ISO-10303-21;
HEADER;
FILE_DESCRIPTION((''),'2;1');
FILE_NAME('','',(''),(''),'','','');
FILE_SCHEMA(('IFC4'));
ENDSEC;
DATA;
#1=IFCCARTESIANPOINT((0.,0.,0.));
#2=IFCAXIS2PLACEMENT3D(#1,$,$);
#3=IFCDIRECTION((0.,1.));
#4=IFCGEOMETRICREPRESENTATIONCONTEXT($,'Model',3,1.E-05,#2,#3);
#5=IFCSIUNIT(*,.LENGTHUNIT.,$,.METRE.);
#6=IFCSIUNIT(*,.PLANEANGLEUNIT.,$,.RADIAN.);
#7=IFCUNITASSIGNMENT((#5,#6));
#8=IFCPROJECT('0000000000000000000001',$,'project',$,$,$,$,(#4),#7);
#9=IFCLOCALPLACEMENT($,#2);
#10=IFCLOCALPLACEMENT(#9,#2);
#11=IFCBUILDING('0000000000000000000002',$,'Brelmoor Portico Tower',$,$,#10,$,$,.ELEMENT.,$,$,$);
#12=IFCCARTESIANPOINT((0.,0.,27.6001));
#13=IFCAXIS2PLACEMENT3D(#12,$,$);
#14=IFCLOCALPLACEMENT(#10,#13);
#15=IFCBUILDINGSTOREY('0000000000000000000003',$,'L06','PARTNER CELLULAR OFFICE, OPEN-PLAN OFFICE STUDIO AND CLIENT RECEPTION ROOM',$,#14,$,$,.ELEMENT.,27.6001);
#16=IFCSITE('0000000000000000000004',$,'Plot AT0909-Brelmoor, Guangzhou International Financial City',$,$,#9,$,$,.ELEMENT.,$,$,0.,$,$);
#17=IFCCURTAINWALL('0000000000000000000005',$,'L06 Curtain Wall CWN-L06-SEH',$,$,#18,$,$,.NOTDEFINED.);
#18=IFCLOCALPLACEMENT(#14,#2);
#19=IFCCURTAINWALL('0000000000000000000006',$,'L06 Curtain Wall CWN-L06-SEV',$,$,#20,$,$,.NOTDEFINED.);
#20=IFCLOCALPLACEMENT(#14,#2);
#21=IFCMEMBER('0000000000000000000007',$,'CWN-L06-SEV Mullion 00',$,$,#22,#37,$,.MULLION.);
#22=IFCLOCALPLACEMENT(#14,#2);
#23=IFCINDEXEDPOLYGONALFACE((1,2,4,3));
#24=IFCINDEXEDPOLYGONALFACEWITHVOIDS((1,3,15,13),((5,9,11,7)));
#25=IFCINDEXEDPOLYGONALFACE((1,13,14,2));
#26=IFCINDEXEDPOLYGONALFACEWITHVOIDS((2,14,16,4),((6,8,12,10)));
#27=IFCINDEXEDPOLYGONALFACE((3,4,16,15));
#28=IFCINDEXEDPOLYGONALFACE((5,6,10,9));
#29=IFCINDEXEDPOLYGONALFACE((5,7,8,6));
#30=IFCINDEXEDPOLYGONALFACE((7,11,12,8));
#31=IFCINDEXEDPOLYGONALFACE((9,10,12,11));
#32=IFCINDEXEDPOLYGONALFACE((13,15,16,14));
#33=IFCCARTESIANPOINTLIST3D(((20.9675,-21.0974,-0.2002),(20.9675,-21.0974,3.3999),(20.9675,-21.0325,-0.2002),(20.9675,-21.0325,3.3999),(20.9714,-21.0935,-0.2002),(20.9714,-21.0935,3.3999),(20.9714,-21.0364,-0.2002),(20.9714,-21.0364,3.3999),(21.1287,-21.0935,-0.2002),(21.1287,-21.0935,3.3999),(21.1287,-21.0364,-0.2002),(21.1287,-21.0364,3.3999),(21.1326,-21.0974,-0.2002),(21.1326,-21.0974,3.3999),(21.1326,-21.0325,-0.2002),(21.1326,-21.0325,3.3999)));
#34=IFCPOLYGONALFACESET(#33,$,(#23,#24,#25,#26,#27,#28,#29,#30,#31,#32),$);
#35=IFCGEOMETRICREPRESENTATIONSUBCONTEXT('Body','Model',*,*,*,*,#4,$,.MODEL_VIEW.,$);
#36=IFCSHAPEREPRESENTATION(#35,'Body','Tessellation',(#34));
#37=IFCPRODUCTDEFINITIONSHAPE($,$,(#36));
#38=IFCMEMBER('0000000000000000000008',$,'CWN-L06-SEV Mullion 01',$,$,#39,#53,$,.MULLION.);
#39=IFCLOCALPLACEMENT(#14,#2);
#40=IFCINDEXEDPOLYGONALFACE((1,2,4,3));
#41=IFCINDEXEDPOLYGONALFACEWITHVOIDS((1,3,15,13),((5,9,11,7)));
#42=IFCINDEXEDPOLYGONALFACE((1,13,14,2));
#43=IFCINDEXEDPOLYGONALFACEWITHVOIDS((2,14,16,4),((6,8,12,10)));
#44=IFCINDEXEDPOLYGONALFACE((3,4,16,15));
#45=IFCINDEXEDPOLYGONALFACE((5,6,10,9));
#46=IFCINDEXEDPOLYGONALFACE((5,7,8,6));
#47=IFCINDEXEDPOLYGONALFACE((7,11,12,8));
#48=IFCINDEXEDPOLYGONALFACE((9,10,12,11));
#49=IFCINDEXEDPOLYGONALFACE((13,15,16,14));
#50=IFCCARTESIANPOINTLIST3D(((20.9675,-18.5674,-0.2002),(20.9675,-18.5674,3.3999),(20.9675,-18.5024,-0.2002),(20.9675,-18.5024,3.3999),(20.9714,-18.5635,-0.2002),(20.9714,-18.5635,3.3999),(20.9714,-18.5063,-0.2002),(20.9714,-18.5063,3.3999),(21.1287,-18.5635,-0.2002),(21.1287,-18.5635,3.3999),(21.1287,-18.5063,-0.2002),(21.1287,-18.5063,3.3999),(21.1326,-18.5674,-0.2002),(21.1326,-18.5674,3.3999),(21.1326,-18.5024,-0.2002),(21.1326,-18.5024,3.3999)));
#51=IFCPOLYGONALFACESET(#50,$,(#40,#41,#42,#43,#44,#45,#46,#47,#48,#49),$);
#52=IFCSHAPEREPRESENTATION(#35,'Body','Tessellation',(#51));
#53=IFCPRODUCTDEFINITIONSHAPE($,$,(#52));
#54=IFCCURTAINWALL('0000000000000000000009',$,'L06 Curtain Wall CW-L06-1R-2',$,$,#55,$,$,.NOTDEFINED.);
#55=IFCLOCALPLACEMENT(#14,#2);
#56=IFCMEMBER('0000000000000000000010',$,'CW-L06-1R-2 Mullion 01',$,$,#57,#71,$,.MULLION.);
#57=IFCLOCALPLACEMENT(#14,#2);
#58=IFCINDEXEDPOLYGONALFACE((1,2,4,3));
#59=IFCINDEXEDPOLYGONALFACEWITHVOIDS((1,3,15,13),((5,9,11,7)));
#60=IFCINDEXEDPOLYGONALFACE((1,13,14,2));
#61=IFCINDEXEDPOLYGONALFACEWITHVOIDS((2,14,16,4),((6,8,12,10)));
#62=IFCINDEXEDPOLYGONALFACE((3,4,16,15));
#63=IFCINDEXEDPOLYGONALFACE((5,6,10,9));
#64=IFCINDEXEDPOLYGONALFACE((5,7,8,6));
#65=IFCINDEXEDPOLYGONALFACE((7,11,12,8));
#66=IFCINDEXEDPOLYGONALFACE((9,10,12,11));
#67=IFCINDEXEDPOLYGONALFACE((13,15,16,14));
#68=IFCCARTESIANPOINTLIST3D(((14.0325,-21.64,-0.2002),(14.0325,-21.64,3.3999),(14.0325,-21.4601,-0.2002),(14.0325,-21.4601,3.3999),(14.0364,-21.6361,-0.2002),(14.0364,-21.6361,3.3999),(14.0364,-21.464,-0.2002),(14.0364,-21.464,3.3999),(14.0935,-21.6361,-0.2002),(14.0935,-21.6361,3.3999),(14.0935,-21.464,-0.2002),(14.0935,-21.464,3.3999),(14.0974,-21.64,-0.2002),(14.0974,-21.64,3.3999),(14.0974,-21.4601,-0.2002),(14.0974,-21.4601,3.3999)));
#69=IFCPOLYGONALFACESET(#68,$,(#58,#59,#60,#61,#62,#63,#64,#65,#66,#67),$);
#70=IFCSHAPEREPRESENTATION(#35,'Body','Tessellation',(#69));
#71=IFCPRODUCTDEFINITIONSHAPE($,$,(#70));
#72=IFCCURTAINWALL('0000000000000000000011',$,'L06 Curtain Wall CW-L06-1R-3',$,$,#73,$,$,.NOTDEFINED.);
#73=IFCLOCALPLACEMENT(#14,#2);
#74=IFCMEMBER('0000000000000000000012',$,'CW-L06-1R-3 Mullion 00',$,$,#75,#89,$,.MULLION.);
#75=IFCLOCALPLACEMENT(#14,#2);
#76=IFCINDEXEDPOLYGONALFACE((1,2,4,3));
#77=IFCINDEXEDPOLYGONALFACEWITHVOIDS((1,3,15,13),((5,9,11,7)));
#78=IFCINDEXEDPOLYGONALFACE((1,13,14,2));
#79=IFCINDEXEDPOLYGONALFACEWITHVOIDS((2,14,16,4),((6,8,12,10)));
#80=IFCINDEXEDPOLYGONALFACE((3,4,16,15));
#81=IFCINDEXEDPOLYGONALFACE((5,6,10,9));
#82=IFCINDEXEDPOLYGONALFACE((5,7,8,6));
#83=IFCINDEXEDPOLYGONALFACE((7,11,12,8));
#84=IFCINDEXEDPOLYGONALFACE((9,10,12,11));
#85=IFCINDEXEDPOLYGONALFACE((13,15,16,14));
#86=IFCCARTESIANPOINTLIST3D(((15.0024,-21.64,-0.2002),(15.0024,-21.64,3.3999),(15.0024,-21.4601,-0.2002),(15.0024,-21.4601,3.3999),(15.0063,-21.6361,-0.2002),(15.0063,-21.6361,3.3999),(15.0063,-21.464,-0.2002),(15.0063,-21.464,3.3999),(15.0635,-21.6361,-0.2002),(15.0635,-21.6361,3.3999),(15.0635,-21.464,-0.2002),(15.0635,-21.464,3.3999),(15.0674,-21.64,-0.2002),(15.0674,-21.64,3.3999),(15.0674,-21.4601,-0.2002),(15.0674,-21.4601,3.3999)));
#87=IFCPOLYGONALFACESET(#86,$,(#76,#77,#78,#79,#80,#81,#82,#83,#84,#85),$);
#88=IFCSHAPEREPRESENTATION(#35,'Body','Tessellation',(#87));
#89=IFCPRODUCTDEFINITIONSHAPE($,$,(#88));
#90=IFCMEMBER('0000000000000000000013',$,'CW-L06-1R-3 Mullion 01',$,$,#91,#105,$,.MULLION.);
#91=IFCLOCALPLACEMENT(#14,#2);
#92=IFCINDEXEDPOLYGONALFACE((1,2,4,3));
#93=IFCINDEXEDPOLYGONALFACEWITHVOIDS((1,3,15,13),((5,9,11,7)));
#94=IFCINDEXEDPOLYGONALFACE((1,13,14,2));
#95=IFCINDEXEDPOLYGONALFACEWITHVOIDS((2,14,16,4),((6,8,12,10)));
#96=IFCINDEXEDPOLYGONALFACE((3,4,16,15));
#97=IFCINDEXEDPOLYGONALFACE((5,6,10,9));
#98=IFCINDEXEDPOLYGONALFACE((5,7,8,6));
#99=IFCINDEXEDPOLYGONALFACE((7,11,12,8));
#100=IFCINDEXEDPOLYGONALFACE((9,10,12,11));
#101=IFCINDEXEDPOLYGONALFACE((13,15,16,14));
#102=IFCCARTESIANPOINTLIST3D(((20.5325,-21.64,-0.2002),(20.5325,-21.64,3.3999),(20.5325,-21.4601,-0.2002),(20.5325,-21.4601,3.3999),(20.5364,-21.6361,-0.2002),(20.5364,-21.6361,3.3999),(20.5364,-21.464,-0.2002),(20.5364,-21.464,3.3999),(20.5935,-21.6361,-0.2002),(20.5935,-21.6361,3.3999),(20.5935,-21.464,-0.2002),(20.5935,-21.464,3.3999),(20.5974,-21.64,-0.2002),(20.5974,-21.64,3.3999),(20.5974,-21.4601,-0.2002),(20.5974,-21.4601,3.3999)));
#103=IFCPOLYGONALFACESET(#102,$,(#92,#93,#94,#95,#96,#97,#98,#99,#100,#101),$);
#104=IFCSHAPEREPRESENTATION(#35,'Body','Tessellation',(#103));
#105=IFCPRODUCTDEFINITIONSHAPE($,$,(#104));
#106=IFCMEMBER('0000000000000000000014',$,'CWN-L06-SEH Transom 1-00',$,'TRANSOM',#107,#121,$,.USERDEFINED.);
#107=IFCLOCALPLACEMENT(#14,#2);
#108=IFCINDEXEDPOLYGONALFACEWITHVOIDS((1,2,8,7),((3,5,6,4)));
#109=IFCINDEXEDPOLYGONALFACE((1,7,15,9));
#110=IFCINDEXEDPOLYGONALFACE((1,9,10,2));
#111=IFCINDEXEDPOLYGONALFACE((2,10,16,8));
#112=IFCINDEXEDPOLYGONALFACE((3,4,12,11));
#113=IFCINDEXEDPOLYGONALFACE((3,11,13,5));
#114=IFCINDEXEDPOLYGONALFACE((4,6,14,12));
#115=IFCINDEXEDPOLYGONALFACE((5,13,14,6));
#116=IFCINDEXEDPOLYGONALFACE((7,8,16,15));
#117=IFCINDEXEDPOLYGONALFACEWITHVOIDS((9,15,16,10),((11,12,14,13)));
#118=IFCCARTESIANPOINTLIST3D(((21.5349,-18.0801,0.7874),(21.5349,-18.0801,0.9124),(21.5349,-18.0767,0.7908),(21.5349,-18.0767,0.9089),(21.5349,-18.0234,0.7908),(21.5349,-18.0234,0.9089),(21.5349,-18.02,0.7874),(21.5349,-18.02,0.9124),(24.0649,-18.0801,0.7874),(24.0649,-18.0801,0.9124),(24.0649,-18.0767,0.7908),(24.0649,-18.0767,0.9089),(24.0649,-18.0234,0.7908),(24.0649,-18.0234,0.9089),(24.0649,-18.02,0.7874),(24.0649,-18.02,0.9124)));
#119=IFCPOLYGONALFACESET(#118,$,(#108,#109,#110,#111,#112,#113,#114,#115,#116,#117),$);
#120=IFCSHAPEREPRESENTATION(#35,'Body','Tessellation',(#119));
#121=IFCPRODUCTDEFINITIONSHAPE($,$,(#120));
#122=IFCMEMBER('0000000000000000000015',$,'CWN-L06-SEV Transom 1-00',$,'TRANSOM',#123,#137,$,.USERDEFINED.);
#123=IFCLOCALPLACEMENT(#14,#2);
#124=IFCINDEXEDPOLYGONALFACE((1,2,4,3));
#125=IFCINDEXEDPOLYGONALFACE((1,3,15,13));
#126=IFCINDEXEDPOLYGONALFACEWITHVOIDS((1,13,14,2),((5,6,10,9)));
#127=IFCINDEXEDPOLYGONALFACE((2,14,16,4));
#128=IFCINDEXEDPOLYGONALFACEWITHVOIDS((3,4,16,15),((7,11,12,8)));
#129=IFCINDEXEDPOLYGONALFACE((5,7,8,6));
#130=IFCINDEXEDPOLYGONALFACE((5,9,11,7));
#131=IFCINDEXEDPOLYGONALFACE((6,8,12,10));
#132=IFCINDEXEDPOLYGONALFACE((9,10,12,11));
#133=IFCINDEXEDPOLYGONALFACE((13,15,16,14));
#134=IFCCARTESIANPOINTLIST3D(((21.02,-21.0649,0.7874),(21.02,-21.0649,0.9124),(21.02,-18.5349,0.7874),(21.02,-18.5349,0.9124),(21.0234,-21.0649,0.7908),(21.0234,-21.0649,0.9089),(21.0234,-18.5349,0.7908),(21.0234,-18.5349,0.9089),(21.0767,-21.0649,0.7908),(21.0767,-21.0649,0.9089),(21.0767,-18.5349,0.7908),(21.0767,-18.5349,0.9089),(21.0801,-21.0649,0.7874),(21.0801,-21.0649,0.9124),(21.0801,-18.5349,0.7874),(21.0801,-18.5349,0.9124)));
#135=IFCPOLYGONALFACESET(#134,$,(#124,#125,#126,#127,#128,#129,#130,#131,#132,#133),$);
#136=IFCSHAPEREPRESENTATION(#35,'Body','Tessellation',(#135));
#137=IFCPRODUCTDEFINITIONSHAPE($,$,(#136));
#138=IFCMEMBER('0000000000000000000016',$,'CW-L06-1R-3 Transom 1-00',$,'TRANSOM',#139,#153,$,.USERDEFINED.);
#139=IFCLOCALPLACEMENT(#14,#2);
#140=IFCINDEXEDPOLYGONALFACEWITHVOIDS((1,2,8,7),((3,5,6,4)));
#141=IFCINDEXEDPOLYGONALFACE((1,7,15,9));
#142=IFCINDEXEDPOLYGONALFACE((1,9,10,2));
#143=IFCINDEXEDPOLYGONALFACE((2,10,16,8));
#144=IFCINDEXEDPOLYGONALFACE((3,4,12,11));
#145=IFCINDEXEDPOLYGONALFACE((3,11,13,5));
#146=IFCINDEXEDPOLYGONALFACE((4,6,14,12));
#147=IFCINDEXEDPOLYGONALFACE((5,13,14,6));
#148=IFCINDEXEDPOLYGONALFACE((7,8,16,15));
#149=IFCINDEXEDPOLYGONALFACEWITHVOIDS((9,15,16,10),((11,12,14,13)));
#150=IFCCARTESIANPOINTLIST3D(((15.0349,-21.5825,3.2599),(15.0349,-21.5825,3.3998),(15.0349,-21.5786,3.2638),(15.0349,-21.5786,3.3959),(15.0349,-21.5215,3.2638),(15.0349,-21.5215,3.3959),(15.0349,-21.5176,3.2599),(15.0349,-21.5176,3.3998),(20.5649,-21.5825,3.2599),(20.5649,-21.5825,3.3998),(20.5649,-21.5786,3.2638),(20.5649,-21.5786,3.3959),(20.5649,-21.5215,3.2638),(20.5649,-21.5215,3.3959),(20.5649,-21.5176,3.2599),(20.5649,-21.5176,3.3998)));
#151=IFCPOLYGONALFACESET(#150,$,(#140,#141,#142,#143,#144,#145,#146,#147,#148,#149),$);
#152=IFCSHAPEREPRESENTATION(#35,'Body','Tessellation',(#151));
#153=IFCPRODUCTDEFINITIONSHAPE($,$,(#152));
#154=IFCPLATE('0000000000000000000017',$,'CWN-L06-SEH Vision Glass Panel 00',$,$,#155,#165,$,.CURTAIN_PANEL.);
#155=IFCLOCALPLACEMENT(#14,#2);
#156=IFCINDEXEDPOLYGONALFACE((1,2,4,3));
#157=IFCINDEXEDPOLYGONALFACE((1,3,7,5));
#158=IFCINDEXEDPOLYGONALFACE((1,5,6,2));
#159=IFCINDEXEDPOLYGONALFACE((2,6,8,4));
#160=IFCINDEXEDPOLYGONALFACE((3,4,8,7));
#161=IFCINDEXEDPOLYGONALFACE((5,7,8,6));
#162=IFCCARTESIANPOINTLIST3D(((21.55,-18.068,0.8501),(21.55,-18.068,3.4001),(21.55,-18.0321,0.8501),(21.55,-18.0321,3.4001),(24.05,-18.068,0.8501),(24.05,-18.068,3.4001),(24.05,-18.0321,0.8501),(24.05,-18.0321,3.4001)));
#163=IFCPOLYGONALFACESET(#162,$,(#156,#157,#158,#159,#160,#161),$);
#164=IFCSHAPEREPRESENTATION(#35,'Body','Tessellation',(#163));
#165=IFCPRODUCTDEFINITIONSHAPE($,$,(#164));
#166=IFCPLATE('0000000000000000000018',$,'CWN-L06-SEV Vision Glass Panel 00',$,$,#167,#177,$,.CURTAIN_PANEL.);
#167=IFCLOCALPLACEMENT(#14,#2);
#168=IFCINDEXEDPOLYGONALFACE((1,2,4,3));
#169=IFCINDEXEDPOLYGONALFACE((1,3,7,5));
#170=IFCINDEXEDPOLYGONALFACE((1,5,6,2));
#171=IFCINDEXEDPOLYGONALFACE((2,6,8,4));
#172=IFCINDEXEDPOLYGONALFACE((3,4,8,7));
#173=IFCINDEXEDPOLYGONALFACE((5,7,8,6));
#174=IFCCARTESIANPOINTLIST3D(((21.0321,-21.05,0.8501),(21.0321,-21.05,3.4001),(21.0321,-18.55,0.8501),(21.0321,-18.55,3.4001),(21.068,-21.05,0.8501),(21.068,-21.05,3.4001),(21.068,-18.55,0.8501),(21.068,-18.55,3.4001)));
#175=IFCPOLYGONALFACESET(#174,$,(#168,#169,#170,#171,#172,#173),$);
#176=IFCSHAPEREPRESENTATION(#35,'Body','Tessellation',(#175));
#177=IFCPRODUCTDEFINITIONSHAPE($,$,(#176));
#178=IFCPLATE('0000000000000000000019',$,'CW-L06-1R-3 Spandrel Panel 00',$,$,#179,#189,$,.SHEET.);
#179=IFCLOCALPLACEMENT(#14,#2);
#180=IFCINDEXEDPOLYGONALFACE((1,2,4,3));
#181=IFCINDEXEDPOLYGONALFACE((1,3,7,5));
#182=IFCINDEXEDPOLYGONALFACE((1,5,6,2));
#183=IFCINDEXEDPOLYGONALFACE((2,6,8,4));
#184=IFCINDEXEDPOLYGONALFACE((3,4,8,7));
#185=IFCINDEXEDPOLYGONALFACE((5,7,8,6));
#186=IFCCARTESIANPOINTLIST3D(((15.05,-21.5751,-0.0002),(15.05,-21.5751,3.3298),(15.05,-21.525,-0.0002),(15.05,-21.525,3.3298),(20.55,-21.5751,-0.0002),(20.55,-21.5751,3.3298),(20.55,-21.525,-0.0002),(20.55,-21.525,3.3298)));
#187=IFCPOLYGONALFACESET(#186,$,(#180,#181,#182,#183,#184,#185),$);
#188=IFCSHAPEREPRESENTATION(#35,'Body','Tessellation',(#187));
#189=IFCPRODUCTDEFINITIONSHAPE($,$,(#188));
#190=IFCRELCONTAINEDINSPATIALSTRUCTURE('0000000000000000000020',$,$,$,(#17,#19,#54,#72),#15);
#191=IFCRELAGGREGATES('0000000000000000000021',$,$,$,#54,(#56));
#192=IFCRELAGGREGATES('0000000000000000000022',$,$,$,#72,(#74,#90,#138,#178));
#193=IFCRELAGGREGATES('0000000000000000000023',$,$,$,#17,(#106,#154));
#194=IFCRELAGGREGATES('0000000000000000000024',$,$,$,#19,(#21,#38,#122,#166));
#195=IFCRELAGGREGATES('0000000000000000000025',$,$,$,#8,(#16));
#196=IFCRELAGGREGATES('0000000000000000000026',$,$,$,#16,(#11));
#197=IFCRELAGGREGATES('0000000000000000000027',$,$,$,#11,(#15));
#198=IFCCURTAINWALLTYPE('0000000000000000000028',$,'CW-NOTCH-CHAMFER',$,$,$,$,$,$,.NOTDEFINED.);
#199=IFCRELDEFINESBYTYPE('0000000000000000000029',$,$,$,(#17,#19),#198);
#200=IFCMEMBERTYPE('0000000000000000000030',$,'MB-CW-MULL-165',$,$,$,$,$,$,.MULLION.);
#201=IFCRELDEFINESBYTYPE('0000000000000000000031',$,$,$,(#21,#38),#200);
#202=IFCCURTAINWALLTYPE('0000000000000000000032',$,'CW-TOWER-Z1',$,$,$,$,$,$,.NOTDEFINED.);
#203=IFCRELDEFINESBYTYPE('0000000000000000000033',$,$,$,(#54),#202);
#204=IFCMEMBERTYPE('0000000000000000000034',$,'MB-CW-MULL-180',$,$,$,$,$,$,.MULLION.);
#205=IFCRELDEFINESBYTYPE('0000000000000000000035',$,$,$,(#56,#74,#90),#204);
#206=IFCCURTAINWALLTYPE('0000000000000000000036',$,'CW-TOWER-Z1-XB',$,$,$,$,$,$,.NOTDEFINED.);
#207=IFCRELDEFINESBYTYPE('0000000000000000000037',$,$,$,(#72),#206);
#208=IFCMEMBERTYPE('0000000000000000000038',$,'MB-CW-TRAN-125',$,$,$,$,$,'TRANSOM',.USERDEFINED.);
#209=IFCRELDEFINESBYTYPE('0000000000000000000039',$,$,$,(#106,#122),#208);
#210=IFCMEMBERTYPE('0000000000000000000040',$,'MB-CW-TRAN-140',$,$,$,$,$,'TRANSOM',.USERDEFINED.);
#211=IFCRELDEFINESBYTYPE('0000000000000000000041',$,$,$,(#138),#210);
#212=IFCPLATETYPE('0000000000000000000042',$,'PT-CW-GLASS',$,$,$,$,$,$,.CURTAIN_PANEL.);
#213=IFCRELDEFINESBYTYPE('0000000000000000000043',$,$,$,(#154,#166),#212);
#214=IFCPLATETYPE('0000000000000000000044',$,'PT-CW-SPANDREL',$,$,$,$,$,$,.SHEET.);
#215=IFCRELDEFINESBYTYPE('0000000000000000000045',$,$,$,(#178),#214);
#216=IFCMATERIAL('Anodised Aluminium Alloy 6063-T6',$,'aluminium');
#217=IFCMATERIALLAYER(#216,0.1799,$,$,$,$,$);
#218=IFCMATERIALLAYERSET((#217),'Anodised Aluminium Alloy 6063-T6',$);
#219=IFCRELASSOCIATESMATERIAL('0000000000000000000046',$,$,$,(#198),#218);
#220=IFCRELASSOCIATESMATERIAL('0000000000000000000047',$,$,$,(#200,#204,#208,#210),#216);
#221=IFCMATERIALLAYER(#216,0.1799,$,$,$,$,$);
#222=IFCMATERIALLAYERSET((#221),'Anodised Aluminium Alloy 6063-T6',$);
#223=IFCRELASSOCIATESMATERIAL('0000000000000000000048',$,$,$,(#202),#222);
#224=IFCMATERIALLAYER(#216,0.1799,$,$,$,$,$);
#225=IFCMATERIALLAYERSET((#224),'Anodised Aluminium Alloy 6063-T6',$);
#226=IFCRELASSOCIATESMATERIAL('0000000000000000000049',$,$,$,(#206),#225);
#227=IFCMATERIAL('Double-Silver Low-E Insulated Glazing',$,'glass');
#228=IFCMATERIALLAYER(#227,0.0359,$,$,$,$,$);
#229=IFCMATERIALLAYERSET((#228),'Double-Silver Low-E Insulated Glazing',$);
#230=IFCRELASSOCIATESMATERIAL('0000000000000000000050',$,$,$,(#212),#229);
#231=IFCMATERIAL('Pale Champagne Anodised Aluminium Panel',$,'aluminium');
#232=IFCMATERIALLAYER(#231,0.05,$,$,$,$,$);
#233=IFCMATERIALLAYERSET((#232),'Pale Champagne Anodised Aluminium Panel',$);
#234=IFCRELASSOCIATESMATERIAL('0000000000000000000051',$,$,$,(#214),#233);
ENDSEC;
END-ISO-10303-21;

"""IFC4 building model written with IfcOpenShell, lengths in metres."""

from ifc_helpers import new_model, si_unit, direction, frame, origin, origin_2d, place, context, subcontext, project, spatial, rectangle, hollow_rectangle, extrude, material, layer, layer_set, material_profile, profile_set, type_object, element, aggregate, save


model = new_model("IFC4")

# Units and contexts
model_context = context("Model", 3, precision=1e-05, world=origin(), true_north=direction((0.0, 1.0)))
body_context = subcontext(model_context, "Body", "Model", "MODEL_VIEW")
ifc_project = project(units=[si_unit("LENGTHUNIT", "METRE"), si_unit("PLANEANGLEUNIT", "RADIAN")], contexts=[model_context])

# Site, building, storey
site_placement = place(None, origin())
site = spatial("IfcSite", under=ifc_project, at=site_placement, Name="Plot AT0909-Brelmoor, Guangzhou International Financial City", CompositionType="ELEMENT", RefElevation=0.0)
building_placement = place(site_placement, origin())
building = spatial("IfcBuilding", under=site, at=building_placement, Name="Brelmoor Portico Tower", CompositionType="ELEMENT")
storey_placement = place(building_placement, frame((0.0, 0.0, 27.6001)))
storey = spatial("IfcBuildingStorey", under=building, at=storey_placement, Name="L06", Description="PARTNER CELLULAR OFFICE, OPEN-PLAN OFFICE STUDIO AND CLIENT RECEPTION ROOM", CompositionType="ELEMENT", Elevation=27.6001)

# Curtain walls, members
ifc_material_1 = material(Name="Anodised Aluminium Alloy 6063-T6", Category="aluminium")
ifc_layer_1 = layer(ifc_material_1, 0.1799)
ifc_layer_set_1 = layer_set([ifc_layer_1], Name="Anodised Aluminium Alloy 6063-T6")
curtain_wall_type_1 = type_object("IfcCurtainWallType", Name="CW-NOTCH-CHAMFER", PredefinedType="NOTDEFINED", material=ifc_layer_set_1)
curtain_wall_1_placement = place(storey_placement, origin())
curtain_wall_1 = element("IfcCurtainWall", 1, at=curtain_wall_1_placement, inside=storey, type_object=curtain_wall_type_1, Name="L06 Curtain Wall CWN-L06-SEH", PredefinedType="NOTDEFINED")
ifc_material_profile_1 = material_profile(ifc_material_1, hollow_rectangle(XDim=0.0649, YDim=0.165, WallThickness=0.0039, at=origin_2d()), Name="ALU MULLION 65x165")
ifc_profile_set_1 = profile_set([ifc_material_profile_1], Name="Anodised Aluminium Alloy 6063-T6")
member_type_1 = type_object("IfcMemberType", Name="MB-CW-MULL-165", PredefinedType="MULLION", material=ifc_profile_set_1)
curtain_wall_2_placement = place(storey_placement, origin())
curtain_wall_2 = element("IfcCurtainWall", 2, at=curtain_wall_2_placement, inside=storey, type_object=curtain_wall_type_1, Name="L06 Curtain Wall CWN-L06-SEV", PredefinedType="NOTDEFINED")
member_1_placement = place(storey_placement, frame((21.05, -21.0649, -0.2002), z_axis=(0.0, 0.0, 1.0), x_axis=(0.0, 1.0, 0.0)))
member_1 = element("IfcMember", 3, at=member_1_placement, type_object=member_type_1, Name="CWN-L06-SEV Mullion 00", PredefinedType="MULLION", context=body_context, shape_type="SweptSolid", body=[
    extrude(hollow_rectangle(XDim=0.0649, YDim=0.165, WallThickness=0.0039, at=origin_2d()), origin(), (0.0, 0.0, 1.0), 3.6001),
])
member_2_placement = place(storey_placement, frame((21.05, -18.5349, -0.2002), z_axis=(0.0, 0.0, 1.0), x_axis=(0.0, 1.0, 0.0)))
member_2 = element("IfcMember", 4, at=member_2_placement, type_object=member_type_1, Name="CWN-L06-SEV Mullion 01", PredefinedType="MULLION", context=body_context, shape_type="SweptSolid", body=[
    extrude(hollow_rectangle(XDim=0.0649, YDim=0.165, WallThickness=0.0039, at=origin_2d()), origin(), (0.0, 0.0, 1.0), 3.6001),
])

# Curtain wall, member
ifc_layer_2 = layer(ifc_material_1, 0.1799)
ifc_layer_set_2 = layer_set([ifc_layer_2], Name="Anodised Aluminium Alloy 6063-T6")
curtain_wall_type_2 = type_object("IfcCurtainWallType", Name="CW-TOWER-Z1", PredefinedType="NOTDEFINED", material=ifc_layer_set_2)
curtain_wall_3_placement = place(storey_placement, origin())
curtain_wall_3 = element("IfcCurtainWall", 5, at=curtain_wall_3_placement, inside=storey, type_object=curtain_wall_type_2, Name="L06 Curtain Wall CW-L06-1R-2", PredefinedType="NOTDEFINED")
ifc_material_profile_2 = material_profile(ifc_material_1, hollow_rectangle(XDim=0.0649, YDim=0.1799, WallThickness=0.0039, at=origin_2d()), Name="ALU MULLION 65x180")
ifc_profile_set_2 = profile_set([ifc_material_profile_2], Name="Anodised Aluminium Alloy 6063-T6")
member_type_2 = type_object("IfcMemberType", Name="MB-CW-MULL-180", PredefinedType="MULLION", material=ifc_profile_set_2)
member_3_placement = place(storey_placement, frame((14.0649, -21.55, -0.2002), z_axis=(0.0, 0.0, 1.0), x_axis=(1.0, 0.0, 0.0)))
member_3 = element("IfcMember", 6, at=member_3_placement, type_object=member_type_2, Name="CW-L06-1R-2 Mullion 01", PredefinedType="MULLION", context=body_context, shape_type="SweptSolid", body=[
    extrude(hollow_rectangle(XDim=0.0649, YDim=0.1799, WallThickness=0.0039, at=origin_2d()), origin(), (0.0, 0.0, 1.0), 3.6001),
])
aggregate(curtain_wall_3, [member_3])

# Curtain wall, members
ifc_layer_3 = layer(ifc_material_1, 0.1799)
ifc_layer_set_3 = layer_set([ifc_layer_3], Name="Anodised Aluminium Alloy 6063-T6")
curtain_wall_type_3 = type_object("IfcCurtainWallType", Name="CW-TOWER-Z1-XB", PredefinedType="NOTDEFINED", material=ifc_layer_set_3)
curtain_wall_4_placement = place(storey_placement, origin())
curtain_wall_4 = element("IfcCurtainWall", 7, at=curtain_wall_4_placement, inside=storey, type_object=curtain_wall_type_3, Name="L06 Curtain Wall CW-L06-1R-3", PredefinedType="NOTDEFINED")
member_4_placement = place(storey_placement, frame((15.0349, -21.55, -0.2002), z_axis=(0.0, 0.0, 1.0), x_axis=(1.0, 0.0, 0.0)))
member_4 = element("IfcMember", 8, at=member_4_placement, type_object=member_type_2, Name="CW-L06-1R-3 Mullion 00", PredefinedType="MULLION", context=body_context, shape_type="SweptSolid", body=[
    extrude(hollow_rectangle(XDim=0.0649, YDim=0.1799, WallThickness=0.0039, at=origin_2d()), origin(), (0.0, 0.0, 1.0), 3.6001),
])
member_5_placement = place(storey_placement, frame((20.5649, -21.55, -0.2002), z_axis=(0.0, 0.0, 1.0), x_axis=(1.0, 0.0, 0.0)))
member_5 = element("IfcMember", 9, at=member_5_placement, type_object=member_type_2, Name="CW-L06-1R-3 Mullion 01", PredefinedType="MULLION", context=body_context, shape_type="SweptSolid", body=[
    extrude(hollow_rectangle(XDim=0.0649, YDim=0.1799, WallThickness=0.0039, at=origin_2d()), origin(), (0.0, 0.0, 1.0), 3.6001),
])

# Members
ifc_material_profile_3 = material_profile(ifc_material_1, hollow_rectangle(XDim=0.0601, YDim=0.125, WallThickness=0.0034, at=origin_2d()), Name="ALU TRANSOM 60x125")
ifc_profile_set_3 = profile_set([ifc_material_profile_3], Name="Anodised Aluminium Alloy 6063-T6")
member_type_3 = type_object("IfcMemberType", Name="MB-CW-TRAN-125", ElementType="TRANSOM", PredefinedType="USERDEFINED", material=ifc_profile_set_3)
member_6_placement = place(storey_placement, frame((21.5349, -18.05, 0.8499), z_axis=(1.0, 0.0, 0.0), x_axis=(0.0, 1.0, 0.0)))
member_6 = element("IfcMember", 10, at=member_6_placement, type_object=member_type_3, Name="CWN-L06-SEH Transom 1-00", ObjectType="TRANSOM", PredefinedType="USERDEFINED", context=body_context, shape_type="SweptSolid", body=[
    extrude(hollow_rectangle(XDim=0.0601, YDim=0.125, WallThickness=0.0034, at=origin_2d()), origin(), (0.0, 0.0, 1.0), 2.53),
])
member_7_placement = place(storey_placement, frame((21.05, -21.0649, 0.8499), z_axis=(0.0, 1.0, 0.0), x_axis=(-1.0, 0.0, 0.0)))
member_7 = element("IfcMember", 11, at=member_7_placement, type_object=member_type_3, Name="CWN-L06-SEV Transom 1-00", ObjectType="TRANSOM", PredefinedType="USERDEFINED", context=body_context, shape_type="SweptSolid", body=[
    extrude(hollow_rectangle(XDim=0.0601, YDim=0.125, WallThickness=0.0034, at=origin_2d()), origin(), (0.0, 0.0, 1.0), 2.53),
])
ifc_material_profile_4 = material_profile(ifc_material_1, hollow_rectangle(XDim=0.0649, YDim=0.1399, WallThickness=0.0039, at=origin_2d()), Name="ALU TRANSOM 65x140")
ifc_profile_set_4 = profile_set([ifc_material_profile_4], Name="Anodised Aluminium Alloy 6063-T6")
member_type_4 = type_object("IfcMemberType", Name="MB-CW-TRAN-140", ElementType="TRANSOM", PredefinedType="USERDEFINED", material=ifc_profile_set_4)
member_8_placement = place(storey_placement, frame((15.0349, -21.55, 3.3298), z_axis=(1.0, 0.0, 0.0), x_axis=(0.0, 1.0, 0.0)))
member_8 = element("IfcMember", 12, at=member_8_placement, type_object=member_type_4, Name="CW-L06-1R-3 Transom 1-00", ObjectType="TRANSOM", PredefinedType="USERDEFINED", context=body_context, shape_type="SweptSolid", body=[
    extrude(hollow_rectangle(XDim=0.0649, YDim=0.1399, WallThickness=0.0039, at=origin_2d()), origin(), (0.0, 0.0, 1.0), 5.53),
])

# Plates
ifc_material_2 = material(Name="Double-Silver Low-E Insulated Glazing", Category="glass")
ifc_layer_4 = layer(ifc_material_2, 0.0359)
ifc_layer_set_4 = layer_set([ifc_layer_4], Name="Double-Silver Low-E Insulated Glazing")
plate_type_1 = type_object("IfcPlateType", Name="PT-CW-GLASS", PredefinedType="CURTAIN_PANEL", material=ifc_layer_set_4)
plate_1_placement = place(storey_placement, frame((22.8, -18.05, 0.8501), z_axis=(0.0, 0.0, 1.0), x_axis=(1.0, 0.0, 0.0)))
plate_1 = element("IfcPlate", 13, at=plate_1_placement, type_object=plate_type_1, Name="CWN-L06-SEH Vision Glass Panel 00", PredefinedType="CURTAIN_PANEL", context=body_context, shape_type="SweptSolid", body=[
    extrude(rectangle(XDim=2.5, YDim=0.0359, at=origin_2d()), origin(), (0.0, 0.0, 1.0), 2.55),
])
plate_2_placement = place(storey_placement, frame((21.05, -19.8, 0.8501), z_axis=(0.0, 0.0, 1.0), x_axis=(0.0, 1.0, 0.0)))
plate_2 = element("IfcPlate", 14, at=plate_2_placement, type_object=plate_type_1, Name="CWN-L06-SEV Vision Glass Panel 00", PredefinedType="CURTAIN_PANEL", context=body_context, shape_type="SweptSolid", body=[
    extrude(rectangle(XDim=2.5, YDim=0.0359, at=origin_2d()), origin(), (0.0, 0.0, 1.0), 2.55),
])
ifc_material_3 = material(Name="Pale Champagne Anodised Aluminium Panel", Category="aluminium")
ifc_layer_5 = layer(ifc_material_3, 0.05)
ifc_layer_set_5 = layer_set([ifc_layer_5], Name="Pale Champagne Anodised Aluminium Panel")
plate_type_2 = type_object("IfcPlateType", Name="PT-CW-SPANDREL", PredefinedType="SHEET", material=ifc_layer_set_5)
plate_3_placement = place(storey_placement, frame((17.8, -21.55, -0.0002), z_axis=(0.0, 0.0, 1.0), x_axis=(1.0, 0.0, 0.0)))
plate_3 = element("IfcPlate", 15, at=plate_3_placement, type_object=plate_type_2, Name="CW-L06-1R-3 Spandrel Panel 00", PredefinedType="SHEET", context=body_context, shape_type="SweptSolid", body=[
    extrude(rectangle(XDim=5.5, YDim=0.05, at=origin_2d()), origin(), (0.0, 0.0, 1.0), 3.3301),
])
aggregate(curtain_wall_4, [member_4, member_5, member_8, plate_3])
aggregate(curtain_wall_1, [member_6, plate_1])
aggregate(curtain_wall_2, [member_1, member_2, member_7, plate_2])

save(model, "model.ifc")
